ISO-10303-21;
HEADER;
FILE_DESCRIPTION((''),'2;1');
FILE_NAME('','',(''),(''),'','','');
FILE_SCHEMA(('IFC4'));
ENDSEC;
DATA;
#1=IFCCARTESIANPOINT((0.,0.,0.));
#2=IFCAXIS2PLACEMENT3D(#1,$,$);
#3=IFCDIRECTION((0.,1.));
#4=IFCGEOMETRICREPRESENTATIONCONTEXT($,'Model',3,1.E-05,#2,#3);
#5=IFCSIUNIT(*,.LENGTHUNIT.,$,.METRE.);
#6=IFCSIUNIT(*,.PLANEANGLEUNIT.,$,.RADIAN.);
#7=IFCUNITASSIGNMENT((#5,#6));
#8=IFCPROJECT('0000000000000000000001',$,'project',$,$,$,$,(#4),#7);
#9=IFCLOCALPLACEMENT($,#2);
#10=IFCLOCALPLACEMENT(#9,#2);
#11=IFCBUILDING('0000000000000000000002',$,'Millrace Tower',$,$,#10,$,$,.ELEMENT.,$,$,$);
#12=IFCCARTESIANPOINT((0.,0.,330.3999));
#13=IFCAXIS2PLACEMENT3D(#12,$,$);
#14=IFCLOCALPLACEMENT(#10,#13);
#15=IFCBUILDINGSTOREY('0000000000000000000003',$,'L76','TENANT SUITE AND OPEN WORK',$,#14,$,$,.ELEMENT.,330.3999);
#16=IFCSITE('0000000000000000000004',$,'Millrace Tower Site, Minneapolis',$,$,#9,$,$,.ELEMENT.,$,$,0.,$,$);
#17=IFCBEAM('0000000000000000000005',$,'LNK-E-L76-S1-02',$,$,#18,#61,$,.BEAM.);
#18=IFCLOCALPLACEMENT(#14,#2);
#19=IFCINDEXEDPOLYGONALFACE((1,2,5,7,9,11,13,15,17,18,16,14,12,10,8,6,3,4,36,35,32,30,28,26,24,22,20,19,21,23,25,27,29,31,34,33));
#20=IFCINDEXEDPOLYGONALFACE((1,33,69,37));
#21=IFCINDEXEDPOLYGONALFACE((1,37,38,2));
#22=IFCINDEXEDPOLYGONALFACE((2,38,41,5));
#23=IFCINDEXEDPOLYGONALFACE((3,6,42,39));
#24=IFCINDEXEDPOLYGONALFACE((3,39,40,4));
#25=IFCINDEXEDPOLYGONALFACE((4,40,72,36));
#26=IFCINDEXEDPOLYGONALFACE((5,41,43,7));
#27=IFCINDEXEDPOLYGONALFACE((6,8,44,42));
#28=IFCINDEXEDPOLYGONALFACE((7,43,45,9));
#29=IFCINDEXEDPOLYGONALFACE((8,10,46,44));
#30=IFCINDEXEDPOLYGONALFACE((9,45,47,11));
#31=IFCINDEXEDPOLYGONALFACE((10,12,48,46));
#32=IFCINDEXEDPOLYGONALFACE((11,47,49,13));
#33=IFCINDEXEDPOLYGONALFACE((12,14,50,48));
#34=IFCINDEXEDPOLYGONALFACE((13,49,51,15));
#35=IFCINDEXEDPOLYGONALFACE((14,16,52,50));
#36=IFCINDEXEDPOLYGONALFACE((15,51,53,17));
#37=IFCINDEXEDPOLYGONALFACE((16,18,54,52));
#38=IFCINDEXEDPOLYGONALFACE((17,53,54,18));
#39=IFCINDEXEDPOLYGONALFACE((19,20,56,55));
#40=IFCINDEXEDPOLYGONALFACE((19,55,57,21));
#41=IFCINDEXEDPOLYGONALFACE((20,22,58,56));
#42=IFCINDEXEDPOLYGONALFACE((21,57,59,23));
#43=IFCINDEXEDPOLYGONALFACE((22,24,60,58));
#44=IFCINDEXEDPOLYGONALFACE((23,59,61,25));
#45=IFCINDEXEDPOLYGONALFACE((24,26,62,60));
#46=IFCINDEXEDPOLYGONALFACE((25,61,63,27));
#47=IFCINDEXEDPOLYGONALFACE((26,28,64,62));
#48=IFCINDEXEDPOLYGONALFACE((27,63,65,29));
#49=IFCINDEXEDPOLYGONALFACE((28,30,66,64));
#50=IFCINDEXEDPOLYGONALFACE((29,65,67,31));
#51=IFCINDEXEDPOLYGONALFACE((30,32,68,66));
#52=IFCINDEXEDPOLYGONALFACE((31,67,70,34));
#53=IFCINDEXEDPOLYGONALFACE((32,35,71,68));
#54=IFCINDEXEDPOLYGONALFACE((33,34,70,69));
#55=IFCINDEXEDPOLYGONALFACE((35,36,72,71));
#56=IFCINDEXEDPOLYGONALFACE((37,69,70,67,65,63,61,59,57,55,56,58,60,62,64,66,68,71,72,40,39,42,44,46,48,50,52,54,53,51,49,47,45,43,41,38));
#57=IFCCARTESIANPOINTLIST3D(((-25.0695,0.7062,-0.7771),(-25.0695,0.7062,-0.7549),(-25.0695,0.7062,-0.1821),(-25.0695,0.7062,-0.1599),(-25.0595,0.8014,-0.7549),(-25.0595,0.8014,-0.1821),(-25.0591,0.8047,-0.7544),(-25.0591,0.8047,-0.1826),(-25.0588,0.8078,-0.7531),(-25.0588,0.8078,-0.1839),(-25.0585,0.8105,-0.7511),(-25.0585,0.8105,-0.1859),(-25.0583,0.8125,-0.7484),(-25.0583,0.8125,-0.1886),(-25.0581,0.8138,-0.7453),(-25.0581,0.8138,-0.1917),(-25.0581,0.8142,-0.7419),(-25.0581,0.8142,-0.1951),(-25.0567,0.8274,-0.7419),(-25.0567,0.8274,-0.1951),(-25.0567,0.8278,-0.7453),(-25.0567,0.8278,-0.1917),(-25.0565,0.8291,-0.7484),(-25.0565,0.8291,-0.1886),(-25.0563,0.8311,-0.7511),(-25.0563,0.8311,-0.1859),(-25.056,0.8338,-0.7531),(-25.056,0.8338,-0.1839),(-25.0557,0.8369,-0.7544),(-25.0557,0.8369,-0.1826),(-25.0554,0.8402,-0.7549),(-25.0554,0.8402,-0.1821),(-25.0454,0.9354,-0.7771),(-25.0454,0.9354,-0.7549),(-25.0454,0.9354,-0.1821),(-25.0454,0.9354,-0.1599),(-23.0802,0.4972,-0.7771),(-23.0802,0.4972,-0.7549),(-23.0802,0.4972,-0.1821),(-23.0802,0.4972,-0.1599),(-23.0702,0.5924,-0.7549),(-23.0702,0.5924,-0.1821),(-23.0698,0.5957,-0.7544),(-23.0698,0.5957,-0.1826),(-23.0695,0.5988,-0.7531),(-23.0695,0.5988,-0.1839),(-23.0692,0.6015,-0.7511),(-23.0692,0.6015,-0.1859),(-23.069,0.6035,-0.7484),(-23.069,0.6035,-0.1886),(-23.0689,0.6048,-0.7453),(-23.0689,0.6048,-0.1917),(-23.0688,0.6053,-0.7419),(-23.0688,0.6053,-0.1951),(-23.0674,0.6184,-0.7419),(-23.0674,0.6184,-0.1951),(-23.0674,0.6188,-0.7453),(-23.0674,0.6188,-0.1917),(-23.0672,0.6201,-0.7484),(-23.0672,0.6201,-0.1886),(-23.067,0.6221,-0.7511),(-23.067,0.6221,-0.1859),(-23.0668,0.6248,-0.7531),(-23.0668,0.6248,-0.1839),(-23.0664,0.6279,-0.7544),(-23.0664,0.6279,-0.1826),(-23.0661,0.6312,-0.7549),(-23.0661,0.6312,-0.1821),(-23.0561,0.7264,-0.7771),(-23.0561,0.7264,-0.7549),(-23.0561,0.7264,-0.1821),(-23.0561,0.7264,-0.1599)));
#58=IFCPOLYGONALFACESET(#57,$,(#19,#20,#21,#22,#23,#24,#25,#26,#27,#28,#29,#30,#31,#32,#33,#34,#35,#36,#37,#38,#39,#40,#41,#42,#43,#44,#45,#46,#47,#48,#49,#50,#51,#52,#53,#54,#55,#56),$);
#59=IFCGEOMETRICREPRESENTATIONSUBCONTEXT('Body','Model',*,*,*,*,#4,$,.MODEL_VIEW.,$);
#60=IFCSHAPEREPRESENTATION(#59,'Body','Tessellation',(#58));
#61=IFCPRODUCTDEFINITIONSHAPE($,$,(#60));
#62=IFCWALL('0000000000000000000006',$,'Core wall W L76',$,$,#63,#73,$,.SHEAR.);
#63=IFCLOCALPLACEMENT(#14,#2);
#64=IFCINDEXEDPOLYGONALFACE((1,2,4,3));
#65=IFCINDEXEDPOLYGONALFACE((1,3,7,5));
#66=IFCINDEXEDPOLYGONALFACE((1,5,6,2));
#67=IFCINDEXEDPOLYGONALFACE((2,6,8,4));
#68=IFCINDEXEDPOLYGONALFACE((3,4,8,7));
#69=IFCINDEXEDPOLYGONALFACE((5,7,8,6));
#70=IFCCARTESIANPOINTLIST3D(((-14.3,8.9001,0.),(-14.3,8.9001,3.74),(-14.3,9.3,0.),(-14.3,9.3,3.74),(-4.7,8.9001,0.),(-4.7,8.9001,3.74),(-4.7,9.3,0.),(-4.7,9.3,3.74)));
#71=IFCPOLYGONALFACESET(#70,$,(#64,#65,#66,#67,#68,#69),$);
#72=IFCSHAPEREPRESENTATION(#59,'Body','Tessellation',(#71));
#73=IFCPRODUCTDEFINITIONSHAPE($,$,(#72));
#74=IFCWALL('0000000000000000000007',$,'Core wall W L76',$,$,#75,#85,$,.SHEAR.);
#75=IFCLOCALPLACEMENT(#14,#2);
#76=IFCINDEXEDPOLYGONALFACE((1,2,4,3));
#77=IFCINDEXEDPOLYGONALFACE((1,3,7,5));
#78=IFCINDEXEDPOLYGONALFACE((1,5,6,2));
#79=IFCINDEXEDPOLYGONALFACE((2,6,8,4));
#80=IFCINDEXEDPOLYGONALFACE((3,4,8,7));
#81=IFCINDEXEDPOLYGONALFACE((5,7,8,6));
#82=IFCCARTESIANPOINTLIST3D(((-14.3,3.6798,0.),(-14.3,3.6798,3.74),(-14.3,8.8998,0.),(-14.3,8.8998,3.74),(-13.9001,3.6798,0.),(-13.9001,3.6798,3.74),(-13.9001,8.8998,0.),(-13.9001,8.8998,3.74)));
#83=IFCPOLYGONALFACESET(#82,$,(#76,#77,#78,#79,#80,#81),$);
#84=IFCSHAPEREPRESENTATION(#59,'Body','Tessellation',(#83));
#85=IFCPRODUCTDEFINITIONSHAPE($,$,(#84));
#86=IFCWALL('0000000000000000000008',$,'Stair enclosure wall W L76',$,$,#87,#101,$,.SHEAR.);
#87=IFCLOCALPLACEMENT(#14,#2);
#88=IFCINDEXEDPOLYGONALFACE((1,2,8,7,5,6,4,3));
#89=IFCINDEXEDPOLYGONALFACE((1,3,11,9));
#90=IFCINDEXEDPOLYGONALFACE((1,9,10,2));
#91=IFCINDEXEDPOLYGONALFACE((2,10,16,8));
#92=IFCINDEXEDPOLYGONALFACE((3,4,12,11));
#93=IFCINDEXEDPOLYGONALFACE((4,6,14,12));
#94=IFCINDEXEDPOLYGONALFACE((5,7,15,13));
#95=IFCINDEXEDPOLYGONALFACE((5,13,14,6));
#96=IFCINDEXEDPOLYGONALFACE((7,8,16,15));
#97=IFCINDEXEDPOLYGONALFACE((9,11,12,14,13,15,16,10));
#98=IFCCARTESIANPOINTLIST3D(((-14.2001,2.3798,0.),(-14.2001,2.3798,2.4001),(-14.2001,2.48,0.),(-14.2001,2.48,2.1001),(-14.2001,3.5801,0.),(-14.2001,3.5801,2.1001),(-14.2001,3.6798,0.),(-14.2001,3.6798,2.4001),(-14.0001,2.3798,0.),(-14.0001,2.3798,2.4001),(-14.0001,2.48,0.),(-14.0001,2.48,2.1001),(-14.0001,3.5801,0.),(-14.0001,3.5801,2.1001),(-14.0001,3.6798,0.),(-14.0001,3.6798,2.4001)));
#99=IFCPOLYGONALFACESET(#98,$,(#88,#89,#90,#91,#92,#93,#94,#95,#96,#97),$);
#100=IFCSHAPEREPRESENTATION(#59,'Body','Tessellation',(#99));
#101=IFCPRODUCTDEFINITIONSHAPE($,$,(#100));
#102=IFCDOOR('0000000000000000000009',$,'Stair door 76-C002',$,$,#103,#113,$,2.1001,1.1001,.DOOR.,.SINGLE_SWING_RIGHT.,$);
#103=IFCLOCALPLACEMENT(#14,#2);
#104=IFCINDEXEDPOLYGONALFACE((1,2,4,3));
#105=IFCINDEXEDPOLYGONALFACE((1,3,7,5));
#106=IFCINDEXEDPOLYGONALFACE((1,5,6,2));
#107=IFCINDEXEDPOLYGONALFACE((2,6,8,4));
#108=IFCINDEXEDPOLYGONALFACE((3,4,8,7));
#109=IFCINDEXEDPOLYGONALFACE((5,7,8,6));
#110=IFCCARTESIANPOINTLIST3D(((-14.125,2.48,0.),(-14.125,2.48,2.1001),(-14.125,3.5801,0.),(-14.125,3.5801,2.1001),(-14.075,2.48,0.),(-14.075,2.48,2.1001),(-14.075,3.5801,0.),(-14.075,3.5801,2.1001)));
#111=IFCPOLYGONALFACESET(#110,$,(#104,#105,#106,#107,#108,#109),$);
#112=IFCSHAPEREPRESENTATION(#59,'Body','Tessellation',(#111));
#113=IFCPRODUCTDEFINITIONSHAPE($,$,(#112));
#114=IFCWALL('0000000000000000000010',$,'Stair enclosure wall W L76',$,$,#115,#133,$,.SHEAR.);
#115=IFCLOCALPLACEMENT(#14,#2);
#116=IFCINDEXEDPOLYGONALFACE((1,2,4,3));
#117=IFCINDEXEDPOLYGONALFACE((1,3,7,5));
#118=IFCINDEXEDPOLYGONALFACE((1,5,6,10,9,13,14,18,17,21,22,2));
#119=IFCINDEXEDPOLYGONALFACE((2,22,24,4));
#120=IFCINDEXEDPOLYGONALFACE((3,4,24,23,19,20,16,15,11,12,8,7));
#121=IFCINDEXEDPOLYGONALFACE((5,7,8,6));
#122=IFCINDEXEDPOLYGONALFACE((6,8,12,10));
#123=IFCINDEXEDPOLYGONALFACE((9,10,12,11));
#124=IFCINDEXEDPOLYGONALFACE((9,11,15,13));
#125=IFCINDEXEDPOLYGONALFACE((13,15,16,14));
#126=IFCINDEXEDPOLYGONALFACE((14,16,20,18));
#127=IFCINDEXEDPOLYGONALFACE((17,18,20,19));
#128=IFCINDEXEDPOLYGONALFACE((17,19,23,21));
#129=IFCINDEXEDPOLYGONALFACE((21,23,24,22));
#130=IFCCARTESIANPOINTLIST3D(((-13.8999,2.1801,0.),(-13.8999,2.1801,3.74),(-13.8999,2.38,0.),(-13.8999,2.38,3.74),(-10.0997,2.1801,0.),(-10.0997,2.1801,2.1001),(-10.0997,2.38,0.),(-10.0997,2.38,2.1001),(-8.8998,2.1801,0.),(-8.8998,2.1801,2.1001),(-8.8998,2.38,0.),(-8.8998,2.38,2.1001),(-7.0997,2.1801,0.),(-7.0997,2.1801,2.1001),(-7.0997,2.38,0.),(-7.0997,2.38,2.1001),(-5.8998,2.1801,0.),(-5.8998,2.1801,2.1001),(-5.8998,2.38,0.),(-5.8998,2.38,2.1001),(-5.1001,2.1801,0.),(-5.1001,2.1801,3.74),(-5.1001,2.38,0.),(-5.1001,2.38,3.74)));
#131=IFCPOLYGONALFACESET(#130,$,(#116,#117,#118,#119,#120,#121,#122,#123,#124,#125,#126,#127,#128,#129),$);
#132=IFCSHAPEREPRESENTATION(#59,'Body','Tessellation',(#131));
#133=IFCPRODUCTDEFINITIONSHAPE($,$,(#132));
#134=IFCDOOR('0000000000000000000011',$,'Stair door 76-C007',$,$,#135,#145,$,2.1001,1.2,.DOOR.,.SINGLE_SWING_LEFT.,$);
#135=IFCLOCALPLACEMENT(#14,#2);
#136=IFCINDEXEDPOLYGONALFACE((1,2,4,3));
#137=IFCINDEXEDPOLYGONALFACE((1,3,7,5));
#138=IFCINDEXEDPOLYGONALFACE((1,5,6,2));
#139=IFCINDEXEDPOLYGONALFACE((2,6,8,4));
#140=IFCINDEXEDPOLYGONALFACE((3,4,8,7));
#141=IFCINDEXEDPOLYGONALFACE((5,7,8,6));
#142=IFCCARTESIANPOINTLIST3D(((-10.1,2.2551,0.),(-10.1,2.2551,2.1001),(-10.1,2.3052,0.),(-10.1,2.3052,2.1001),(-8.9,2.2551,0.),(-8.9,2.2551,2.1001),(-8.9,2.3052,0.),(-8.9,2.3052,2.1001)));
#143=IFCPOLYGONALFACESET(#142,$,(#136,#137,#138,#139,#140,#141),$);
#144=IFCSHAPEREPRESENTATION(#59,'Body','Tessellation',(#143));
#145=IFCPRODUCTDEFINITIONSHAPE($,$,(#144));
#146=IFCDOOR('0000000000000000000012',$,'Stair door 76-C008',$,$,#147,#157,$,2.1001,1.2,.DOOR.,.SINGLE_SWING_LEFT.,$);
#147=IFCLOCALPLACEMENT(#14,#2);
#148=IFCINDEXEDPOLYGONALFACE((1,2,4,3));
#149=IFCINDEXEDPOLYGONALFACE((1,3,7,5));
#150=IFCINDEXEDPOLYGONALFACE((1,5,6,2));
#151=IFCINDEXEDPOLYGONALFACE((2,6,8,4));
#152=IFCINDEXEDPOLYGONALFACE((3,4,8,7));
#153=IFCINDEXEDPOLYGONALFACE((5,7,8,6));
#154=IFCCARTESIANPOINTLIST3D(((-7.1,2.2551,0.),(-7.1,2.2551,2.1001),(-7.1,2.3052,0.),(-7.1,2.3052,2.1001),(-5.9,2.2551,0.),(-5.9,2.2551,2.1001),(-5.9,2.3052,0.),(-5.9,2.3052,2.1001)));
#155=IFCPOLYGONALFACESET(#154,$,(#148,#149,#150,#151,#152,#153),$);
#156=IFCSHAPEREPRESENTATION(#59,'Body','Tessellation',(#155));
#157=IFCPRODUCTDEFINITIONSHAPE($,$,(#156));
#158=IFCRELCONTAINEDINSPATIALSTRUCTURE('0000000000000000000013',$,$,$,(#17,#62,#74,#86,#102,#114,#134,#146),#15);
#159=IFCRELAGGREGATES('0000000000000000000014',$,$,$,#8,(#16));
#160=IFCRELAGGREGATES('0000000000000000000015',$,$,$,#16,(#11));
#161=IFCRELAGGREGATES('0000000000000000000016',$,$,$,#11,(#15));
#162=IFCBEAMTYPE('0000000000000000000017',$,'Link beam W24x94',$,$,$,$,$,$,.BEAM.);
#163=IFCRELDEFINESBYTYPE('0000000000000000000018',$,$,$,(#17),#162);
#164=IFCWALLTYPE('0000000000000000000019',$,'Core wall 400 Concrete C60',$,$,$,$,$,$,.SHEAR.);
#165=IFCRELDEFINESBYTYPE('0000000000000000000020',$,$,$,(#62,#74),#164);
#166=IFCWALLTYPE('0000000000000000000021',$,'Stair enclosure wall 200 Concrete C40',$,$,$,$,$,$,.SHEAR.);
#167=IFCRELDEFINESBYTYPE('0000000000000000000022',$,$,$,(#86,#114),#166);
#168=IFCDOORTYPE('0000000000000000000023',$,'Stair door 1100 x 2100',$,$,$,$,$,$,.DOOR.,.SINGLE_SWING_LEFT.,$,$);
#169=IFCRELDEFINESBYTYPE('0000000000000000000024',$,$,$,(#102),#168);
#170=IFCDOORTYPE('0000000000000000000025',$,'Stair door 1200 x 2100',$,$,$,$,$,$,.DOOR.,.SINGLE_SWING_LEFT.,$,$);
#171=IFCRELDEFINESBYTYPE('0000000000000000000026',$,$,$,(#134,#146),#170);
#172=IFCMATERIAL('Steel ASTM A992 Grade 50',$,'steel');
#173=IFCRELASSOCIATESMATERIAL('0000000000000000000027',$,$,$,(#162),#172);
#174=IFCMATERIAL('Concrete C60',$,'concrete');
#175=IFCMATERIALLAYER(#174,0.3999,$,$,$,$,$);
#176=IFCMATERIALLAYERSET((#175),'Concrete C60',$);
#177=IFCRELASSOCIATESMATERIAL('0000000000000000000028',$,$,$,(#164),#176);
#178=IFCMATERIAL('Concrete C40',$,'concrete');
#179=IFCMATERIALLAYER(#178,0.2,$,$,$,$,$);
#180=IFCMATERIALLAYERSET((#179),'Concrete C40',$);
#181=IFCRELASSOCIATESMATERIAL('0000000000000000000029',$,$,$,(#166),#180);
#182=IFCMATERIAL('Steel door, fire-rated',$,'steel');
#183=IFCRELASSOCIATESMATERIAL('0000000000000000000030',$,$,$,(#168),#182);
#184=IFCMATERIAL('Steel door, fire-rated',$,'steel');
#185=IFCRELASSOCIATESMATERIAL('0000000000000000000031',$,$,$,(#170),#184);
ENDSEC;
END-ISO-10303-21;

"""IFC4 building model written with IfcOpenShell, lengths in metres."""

from ifc_helpers import new_model, si_unit, direction, frame, frame_2d, origin, origin_2d, place, context, subcontext, project, spatial, rectangle, i_section, extrude, material, layer, layer_set, material_profile, profile_set, type_object, element, fill, save


model = new_model("IFC4")

# Units and contexts
model_context = context("Model", 3, precision=1e-05, world=origin(), true_north=direction((0.0, 1.0)))
body_context = subcontext(model_context, "Body", "Model", "MODEL_VIEW")
ifc_project = project(units=[si_unit("LENGTHUNIT", "METRE"), si_unit("PLANEANGLEUNIT", "RADIAN")], contexts=[model_context])

# Site, building, storey
site_placement = place(None, origin())
site = spatial("IfcSite", under=ifc_project, at=site_placement, Name="Millrace Tower Site, Minneapolis", CompositionType="ELEMENT", RefElevation=0.0)
building_placement = place(site_placement, origin())
building = spatial("IfcBuilding", under=site, at=building_placement, Name="Millrace Tower", CompositionType="ELEMENT")
storey_placement = place(building_placement, frame((0.0, 0.0, 330.3999)))
storey = spatial("IfcBuildingStorey", under=building, at=storey_placement, Name="L76", Description="TENANT SUITE AND OPEN WORK", CompositionType="ELEMENT", Elevation=330.3999)

# Beam
ifc_material_1 = material(Name="Steel ASTM A992 Grade 50", Category="steel")
ifc_material_profile_1 = material_profile(ifc_material_1, i_section(OverallWidth=0.2305, OverallDepth=0.6172, WebThickness=0.0132, FlangeThickness=0.0222, FilletRadius=0.0129, at=origin_2d()))
ifc_profile_set_1 = profile_set([ifc_material_profile_1], Name="Steel ASTM A992 Grade 50")
beam_type_1 = type_object("IfcBeamType", Name="Link beam W24x94", PredefinedType="BEAM", material=ifc_profile_set_1)
beam_1_placement = place(storey_placement, frame((-23.0681, 0.6118, -0.4685), z_axis=(-0.994527, 0.104481, 0.0), x_axis=(-0.104481, -0.994527, 0.0)))
element("IfcBeam", 1, at=beam_1_placement, inside=storey, type_object=beam_type_1, Name="LNK-E-L76-S1-02", PredefinedType="BEAM", context=body_context, shape_type="SweptSolid", body=[
    extrude(i_section(OverallWidth=0.2305, OverallDepth=0.6172, WebThickness=0.0132, FlangeThickness=0.0222, FilletRadius=0.0129, at=origin_2d()), origin(), (0.0, 0.0, 1.0), 2.0002),
])

# Walls
ifc_material_2 = material(Name="Concrete C60", Category="concrete")
ifc_layer_1 = layer(ifc_material_2, 0.3999)
ifc_layer_set_1 = layer_set([ifc_layer_1], Name="Concrete C60")
wall_type_1 = type_object("IfcWallType", Name="Core wall 400 Concrete C60", PredefinedType="SHEAR", material=ifc_layer_set_1)
wall_1_placement = place(storey_placement, frame((-14.3, 9.1001, 0.0), z_axis=(0.0, 0.0, 1.0), x_axis=(1.0, 0.0, 0.0)))
element("IfcWall", 2, at=wall_1_placement, inside=storey, type_object=wall_type_1, Name="Core wall W L76", PredefinedType="SHEAR", context=body_context, shape_type="SweptSolid", body=[
    extrude(rectangle(XDim=9.6001, YDim=0.3999, at=frame_2d((4.8, 0.0))), origin(), (0.0, 0.0, 1.0), 3.74),
])
wall_2_placement = place(storey_placement, frame((-14.1001, 3.6799, 0.0), z_axis=(0.0, 0.0, 1.0), x_axis=(0.0, 1.0, 0.0)))
element("IfcWall", 3, at=wall_2_placement, inside=storey, type_object=wall_type_1, Name="Core wall W L76", PredefinedType="SHEAR", context=body_context, shape_type="SweptSolid", body=[
    extrude(rectangle(XDim=5.22, YDim=0.3999, at=frame_2d((2.6099, 0.0))), origin(), (0.0, 0.0, 1.0), 3.74),
])

# Wall, opening, door
ifc_material_3 = material(Name="Concrete C40", Category="concrete")
ifc_layer_2 = layer(ifc_material_3, 0.2)
ifc_layer_set_2 = layer_set([ifc_layer_2], Name="Concrete C40")
wall_type_2 = type_object("IfcWallType", Name="Stair enclosure wall 200 Concrete C40", PredefinedType="SHEAR", material=ifc_layer_set_2)
wall_3_placement = place(storey_placement, frame((-14.1001, 2.3799, 0.0), z_axis=(0.0, 0.0, 1.0), x_axis=(0.0, 1.0, 0.0)))
wall_3 = element("IfcWall", 4, at=wall_3_placement, inside=storey, type_object=wall_type_2, Name="Stair enclosure wall W L76", PredefinedType="SHEAR", context=body_context, shape_type="SweptSolid", body=[
    extrude(rectangle(XDim=1.3, YDim=0.2, at=frame_2d((0.6499, 0.0))), origin(), (0.0, 0.0, 1.0), 2.4001),
])
opening_1_placement = place(wall_3_placement, frame((0.1001, 0.0, 0.0)))
opening_1 = element("IfcOpeningElement", 5, at=opening_1_placement, cuts=wall_3, PredefinedType="OPENING", context=body_context, shape_type="SweptSolid", body=[
    extrude(rectangle(XDim=1.1001, YDim=2.1001, at=frame_2d((0.55, 1.05))), frame((0.0, 0.1099, 0.0), z_axis=(0.0, -1.0, 0.0), x_axis=(1.0, 0.0, 0.0)), (0.0, 0.0, 1.0), 0.22),
])
ifc_material_4 = material(Name="Steel door, fire-rated", Category="steel")
door_type_1 = type_object("IfcDoorType", Name="Stair door 1100 x 2100", OperationType="SINGLE_SWING_LEFT", PredefinedType="DOOR", material=ifc_material_4)
door_1_placement = place(opening_1_placement, origin())
door_1 = element("IfcDoor", 6, at=door_1_placement, inside=storey, type_object=door_type_1, Name="Stair door 76-C002", OperationType="SINGLE_SWING_RIGHT", OverallHeight=2.1001, OverallWidth=1.1001, PredefinedType="DOOR", context=body_context, shape_type="SweptSolid", body=[
    extrude(rectangle(XDim=1.1001, YDim=2.1001, at=frame_2d((0.55, 1.05))), frame((0.0, 0.0249, 0.0), z_axis=(0.0, -1.0, 0.0), x_axis=(1.0, 0.0, 0.0)), (0.0, 0.0, 1.0), 0.05),
])
fill(opening_1, door_1)

# Wall, openings, doors
wall_4_placement = place(storey_placement, frame((-13.8999, 2.28, 0.0), z_axis=(0.0, 0.0, 1.0), x_axis=(1.0, 0.0, 0.0)))
wall_4 = element("IfcWall", 7, at=wall_4_placement, inside=storey, type_object=wall_type_2, Name="Stair enclosure wall W L76", PredefinedType="SHEAR", context=body_context, shape_type="SweptSolid", body=[
    extrude(rectangle(XDim=8.7998, YDim=0.2, at=frame_2d((4.3999, 0.0))), origin(), (0.0, 0.0, 1.0), 3.74),
])
opening_2_placement = place(wall_4_placement, frame((3.8, 0.0, 0.0)))
opening_2 = element("IfcOpeningElement", 8, at=opening_2_placement, cuts=wall_4, PredefinedType="OPENING", context=body_context, shape_type="SweptSolid", body=[
    extrude(rectangle(XDim=1.2, YDim=2.1001, at=frame_2d((0.6001, 1.05))), frame((0.0, 0.1099, 0.0), z_axis=(0.0, -1.0, 0.0), x_axis=(1.0, 0.0, 0.0)), (0.0, 0.0, 1.0), 0.22),
])
opening_3_placement = place(wall_4_placement, frame((6.8, 0.0, 0.0)))
opening_3 = element("IfcOpeningElement", 9, at=opening_3_placement, cuts=wall_4, PredefinedType="OPENING", context=body_context, shape_type="SweptSolid", body=[
    extrude(rectangle(XDim=1.2, YDim=2.1001, at=frame_2d((0.6001, 1.05))), frame((0.0, 0.1099, 0.0), z_axis=(0.0, -1.0, 0.0), x_axis=(1.0, 0.0, 0.0)), (0.0, 0.0, 1.0), 0.22),
])
ifc_material_5 = material(Name="Steel door, fire-rated", Category="steel")
door_type_2 = type_object("IfcDoorType", Name="Stair door 1200 x 2100", OperationType="SINGLE_SWING_LEFT", PredefinedType="DOOR", material=ifc_material_5)
door_2_placement = place(opening_2_placement, frame((1.2, 0.0, 0.0), z_axis=(0.0, 0.0, 1.0), x_axis=(-1.0, 0.0, 0.0)))
door_2 = element("IfcDoor", 10, at=door_2_placement, inside=storey, type_object=door_type_2, Name="Stair door 76-C007", OperationType="SINGLE_SWING_LEFT", OverallHeight=2.1001, OverallWidth=1.2, PredefinedType="DOOR", context=body_context, shape_type="SweptSolid", body=[
    extrude(rectangle(XDim=1.2, YDim=2.1001, at=frame_2d((0.6001, 1.05))), frame((0.0, 0.0249, 0.0), z_axis=(0.0, -1.0, 0.0), x_axis=(1.0, 0.0, 0.0)), (0.0, 0.0, 1.0), 0.05),
])
fill(opening_2, door_2)
door_3_placement = place(opening_3_placement, frame((1.2, 0.0, 0.0), z_axis=(0.0, 0.0, 1.0), x_axis=(-1.0, 0.0, 0.0)))
door_3 = element("IfcDoor", 11, at=door_3_placement, inside=storey, type_object=door_type_2, Name="Stair door 76-C008", OperationType="SINGLE_SWING_LEFT", OverallHeight=2.1001, OverallWidth=1.2, PredefinedType="DOOR", context=body_context, shape_type="SweptSolid", body=[
    extrude(rectangle(XDim=1.2, YDim=2.1001, at=frame_2d((0.6001, 1.05))), frame((0.0, 0.0249, 0.0), z_axis=(0.0, -1.0, 0.0), x_axis=(1.0, 0.0, 0.0)), (0.0, 0.0, 1.0), 0.05),
])
fill(opening_3, door_3)

save(model, "model.ifc")
